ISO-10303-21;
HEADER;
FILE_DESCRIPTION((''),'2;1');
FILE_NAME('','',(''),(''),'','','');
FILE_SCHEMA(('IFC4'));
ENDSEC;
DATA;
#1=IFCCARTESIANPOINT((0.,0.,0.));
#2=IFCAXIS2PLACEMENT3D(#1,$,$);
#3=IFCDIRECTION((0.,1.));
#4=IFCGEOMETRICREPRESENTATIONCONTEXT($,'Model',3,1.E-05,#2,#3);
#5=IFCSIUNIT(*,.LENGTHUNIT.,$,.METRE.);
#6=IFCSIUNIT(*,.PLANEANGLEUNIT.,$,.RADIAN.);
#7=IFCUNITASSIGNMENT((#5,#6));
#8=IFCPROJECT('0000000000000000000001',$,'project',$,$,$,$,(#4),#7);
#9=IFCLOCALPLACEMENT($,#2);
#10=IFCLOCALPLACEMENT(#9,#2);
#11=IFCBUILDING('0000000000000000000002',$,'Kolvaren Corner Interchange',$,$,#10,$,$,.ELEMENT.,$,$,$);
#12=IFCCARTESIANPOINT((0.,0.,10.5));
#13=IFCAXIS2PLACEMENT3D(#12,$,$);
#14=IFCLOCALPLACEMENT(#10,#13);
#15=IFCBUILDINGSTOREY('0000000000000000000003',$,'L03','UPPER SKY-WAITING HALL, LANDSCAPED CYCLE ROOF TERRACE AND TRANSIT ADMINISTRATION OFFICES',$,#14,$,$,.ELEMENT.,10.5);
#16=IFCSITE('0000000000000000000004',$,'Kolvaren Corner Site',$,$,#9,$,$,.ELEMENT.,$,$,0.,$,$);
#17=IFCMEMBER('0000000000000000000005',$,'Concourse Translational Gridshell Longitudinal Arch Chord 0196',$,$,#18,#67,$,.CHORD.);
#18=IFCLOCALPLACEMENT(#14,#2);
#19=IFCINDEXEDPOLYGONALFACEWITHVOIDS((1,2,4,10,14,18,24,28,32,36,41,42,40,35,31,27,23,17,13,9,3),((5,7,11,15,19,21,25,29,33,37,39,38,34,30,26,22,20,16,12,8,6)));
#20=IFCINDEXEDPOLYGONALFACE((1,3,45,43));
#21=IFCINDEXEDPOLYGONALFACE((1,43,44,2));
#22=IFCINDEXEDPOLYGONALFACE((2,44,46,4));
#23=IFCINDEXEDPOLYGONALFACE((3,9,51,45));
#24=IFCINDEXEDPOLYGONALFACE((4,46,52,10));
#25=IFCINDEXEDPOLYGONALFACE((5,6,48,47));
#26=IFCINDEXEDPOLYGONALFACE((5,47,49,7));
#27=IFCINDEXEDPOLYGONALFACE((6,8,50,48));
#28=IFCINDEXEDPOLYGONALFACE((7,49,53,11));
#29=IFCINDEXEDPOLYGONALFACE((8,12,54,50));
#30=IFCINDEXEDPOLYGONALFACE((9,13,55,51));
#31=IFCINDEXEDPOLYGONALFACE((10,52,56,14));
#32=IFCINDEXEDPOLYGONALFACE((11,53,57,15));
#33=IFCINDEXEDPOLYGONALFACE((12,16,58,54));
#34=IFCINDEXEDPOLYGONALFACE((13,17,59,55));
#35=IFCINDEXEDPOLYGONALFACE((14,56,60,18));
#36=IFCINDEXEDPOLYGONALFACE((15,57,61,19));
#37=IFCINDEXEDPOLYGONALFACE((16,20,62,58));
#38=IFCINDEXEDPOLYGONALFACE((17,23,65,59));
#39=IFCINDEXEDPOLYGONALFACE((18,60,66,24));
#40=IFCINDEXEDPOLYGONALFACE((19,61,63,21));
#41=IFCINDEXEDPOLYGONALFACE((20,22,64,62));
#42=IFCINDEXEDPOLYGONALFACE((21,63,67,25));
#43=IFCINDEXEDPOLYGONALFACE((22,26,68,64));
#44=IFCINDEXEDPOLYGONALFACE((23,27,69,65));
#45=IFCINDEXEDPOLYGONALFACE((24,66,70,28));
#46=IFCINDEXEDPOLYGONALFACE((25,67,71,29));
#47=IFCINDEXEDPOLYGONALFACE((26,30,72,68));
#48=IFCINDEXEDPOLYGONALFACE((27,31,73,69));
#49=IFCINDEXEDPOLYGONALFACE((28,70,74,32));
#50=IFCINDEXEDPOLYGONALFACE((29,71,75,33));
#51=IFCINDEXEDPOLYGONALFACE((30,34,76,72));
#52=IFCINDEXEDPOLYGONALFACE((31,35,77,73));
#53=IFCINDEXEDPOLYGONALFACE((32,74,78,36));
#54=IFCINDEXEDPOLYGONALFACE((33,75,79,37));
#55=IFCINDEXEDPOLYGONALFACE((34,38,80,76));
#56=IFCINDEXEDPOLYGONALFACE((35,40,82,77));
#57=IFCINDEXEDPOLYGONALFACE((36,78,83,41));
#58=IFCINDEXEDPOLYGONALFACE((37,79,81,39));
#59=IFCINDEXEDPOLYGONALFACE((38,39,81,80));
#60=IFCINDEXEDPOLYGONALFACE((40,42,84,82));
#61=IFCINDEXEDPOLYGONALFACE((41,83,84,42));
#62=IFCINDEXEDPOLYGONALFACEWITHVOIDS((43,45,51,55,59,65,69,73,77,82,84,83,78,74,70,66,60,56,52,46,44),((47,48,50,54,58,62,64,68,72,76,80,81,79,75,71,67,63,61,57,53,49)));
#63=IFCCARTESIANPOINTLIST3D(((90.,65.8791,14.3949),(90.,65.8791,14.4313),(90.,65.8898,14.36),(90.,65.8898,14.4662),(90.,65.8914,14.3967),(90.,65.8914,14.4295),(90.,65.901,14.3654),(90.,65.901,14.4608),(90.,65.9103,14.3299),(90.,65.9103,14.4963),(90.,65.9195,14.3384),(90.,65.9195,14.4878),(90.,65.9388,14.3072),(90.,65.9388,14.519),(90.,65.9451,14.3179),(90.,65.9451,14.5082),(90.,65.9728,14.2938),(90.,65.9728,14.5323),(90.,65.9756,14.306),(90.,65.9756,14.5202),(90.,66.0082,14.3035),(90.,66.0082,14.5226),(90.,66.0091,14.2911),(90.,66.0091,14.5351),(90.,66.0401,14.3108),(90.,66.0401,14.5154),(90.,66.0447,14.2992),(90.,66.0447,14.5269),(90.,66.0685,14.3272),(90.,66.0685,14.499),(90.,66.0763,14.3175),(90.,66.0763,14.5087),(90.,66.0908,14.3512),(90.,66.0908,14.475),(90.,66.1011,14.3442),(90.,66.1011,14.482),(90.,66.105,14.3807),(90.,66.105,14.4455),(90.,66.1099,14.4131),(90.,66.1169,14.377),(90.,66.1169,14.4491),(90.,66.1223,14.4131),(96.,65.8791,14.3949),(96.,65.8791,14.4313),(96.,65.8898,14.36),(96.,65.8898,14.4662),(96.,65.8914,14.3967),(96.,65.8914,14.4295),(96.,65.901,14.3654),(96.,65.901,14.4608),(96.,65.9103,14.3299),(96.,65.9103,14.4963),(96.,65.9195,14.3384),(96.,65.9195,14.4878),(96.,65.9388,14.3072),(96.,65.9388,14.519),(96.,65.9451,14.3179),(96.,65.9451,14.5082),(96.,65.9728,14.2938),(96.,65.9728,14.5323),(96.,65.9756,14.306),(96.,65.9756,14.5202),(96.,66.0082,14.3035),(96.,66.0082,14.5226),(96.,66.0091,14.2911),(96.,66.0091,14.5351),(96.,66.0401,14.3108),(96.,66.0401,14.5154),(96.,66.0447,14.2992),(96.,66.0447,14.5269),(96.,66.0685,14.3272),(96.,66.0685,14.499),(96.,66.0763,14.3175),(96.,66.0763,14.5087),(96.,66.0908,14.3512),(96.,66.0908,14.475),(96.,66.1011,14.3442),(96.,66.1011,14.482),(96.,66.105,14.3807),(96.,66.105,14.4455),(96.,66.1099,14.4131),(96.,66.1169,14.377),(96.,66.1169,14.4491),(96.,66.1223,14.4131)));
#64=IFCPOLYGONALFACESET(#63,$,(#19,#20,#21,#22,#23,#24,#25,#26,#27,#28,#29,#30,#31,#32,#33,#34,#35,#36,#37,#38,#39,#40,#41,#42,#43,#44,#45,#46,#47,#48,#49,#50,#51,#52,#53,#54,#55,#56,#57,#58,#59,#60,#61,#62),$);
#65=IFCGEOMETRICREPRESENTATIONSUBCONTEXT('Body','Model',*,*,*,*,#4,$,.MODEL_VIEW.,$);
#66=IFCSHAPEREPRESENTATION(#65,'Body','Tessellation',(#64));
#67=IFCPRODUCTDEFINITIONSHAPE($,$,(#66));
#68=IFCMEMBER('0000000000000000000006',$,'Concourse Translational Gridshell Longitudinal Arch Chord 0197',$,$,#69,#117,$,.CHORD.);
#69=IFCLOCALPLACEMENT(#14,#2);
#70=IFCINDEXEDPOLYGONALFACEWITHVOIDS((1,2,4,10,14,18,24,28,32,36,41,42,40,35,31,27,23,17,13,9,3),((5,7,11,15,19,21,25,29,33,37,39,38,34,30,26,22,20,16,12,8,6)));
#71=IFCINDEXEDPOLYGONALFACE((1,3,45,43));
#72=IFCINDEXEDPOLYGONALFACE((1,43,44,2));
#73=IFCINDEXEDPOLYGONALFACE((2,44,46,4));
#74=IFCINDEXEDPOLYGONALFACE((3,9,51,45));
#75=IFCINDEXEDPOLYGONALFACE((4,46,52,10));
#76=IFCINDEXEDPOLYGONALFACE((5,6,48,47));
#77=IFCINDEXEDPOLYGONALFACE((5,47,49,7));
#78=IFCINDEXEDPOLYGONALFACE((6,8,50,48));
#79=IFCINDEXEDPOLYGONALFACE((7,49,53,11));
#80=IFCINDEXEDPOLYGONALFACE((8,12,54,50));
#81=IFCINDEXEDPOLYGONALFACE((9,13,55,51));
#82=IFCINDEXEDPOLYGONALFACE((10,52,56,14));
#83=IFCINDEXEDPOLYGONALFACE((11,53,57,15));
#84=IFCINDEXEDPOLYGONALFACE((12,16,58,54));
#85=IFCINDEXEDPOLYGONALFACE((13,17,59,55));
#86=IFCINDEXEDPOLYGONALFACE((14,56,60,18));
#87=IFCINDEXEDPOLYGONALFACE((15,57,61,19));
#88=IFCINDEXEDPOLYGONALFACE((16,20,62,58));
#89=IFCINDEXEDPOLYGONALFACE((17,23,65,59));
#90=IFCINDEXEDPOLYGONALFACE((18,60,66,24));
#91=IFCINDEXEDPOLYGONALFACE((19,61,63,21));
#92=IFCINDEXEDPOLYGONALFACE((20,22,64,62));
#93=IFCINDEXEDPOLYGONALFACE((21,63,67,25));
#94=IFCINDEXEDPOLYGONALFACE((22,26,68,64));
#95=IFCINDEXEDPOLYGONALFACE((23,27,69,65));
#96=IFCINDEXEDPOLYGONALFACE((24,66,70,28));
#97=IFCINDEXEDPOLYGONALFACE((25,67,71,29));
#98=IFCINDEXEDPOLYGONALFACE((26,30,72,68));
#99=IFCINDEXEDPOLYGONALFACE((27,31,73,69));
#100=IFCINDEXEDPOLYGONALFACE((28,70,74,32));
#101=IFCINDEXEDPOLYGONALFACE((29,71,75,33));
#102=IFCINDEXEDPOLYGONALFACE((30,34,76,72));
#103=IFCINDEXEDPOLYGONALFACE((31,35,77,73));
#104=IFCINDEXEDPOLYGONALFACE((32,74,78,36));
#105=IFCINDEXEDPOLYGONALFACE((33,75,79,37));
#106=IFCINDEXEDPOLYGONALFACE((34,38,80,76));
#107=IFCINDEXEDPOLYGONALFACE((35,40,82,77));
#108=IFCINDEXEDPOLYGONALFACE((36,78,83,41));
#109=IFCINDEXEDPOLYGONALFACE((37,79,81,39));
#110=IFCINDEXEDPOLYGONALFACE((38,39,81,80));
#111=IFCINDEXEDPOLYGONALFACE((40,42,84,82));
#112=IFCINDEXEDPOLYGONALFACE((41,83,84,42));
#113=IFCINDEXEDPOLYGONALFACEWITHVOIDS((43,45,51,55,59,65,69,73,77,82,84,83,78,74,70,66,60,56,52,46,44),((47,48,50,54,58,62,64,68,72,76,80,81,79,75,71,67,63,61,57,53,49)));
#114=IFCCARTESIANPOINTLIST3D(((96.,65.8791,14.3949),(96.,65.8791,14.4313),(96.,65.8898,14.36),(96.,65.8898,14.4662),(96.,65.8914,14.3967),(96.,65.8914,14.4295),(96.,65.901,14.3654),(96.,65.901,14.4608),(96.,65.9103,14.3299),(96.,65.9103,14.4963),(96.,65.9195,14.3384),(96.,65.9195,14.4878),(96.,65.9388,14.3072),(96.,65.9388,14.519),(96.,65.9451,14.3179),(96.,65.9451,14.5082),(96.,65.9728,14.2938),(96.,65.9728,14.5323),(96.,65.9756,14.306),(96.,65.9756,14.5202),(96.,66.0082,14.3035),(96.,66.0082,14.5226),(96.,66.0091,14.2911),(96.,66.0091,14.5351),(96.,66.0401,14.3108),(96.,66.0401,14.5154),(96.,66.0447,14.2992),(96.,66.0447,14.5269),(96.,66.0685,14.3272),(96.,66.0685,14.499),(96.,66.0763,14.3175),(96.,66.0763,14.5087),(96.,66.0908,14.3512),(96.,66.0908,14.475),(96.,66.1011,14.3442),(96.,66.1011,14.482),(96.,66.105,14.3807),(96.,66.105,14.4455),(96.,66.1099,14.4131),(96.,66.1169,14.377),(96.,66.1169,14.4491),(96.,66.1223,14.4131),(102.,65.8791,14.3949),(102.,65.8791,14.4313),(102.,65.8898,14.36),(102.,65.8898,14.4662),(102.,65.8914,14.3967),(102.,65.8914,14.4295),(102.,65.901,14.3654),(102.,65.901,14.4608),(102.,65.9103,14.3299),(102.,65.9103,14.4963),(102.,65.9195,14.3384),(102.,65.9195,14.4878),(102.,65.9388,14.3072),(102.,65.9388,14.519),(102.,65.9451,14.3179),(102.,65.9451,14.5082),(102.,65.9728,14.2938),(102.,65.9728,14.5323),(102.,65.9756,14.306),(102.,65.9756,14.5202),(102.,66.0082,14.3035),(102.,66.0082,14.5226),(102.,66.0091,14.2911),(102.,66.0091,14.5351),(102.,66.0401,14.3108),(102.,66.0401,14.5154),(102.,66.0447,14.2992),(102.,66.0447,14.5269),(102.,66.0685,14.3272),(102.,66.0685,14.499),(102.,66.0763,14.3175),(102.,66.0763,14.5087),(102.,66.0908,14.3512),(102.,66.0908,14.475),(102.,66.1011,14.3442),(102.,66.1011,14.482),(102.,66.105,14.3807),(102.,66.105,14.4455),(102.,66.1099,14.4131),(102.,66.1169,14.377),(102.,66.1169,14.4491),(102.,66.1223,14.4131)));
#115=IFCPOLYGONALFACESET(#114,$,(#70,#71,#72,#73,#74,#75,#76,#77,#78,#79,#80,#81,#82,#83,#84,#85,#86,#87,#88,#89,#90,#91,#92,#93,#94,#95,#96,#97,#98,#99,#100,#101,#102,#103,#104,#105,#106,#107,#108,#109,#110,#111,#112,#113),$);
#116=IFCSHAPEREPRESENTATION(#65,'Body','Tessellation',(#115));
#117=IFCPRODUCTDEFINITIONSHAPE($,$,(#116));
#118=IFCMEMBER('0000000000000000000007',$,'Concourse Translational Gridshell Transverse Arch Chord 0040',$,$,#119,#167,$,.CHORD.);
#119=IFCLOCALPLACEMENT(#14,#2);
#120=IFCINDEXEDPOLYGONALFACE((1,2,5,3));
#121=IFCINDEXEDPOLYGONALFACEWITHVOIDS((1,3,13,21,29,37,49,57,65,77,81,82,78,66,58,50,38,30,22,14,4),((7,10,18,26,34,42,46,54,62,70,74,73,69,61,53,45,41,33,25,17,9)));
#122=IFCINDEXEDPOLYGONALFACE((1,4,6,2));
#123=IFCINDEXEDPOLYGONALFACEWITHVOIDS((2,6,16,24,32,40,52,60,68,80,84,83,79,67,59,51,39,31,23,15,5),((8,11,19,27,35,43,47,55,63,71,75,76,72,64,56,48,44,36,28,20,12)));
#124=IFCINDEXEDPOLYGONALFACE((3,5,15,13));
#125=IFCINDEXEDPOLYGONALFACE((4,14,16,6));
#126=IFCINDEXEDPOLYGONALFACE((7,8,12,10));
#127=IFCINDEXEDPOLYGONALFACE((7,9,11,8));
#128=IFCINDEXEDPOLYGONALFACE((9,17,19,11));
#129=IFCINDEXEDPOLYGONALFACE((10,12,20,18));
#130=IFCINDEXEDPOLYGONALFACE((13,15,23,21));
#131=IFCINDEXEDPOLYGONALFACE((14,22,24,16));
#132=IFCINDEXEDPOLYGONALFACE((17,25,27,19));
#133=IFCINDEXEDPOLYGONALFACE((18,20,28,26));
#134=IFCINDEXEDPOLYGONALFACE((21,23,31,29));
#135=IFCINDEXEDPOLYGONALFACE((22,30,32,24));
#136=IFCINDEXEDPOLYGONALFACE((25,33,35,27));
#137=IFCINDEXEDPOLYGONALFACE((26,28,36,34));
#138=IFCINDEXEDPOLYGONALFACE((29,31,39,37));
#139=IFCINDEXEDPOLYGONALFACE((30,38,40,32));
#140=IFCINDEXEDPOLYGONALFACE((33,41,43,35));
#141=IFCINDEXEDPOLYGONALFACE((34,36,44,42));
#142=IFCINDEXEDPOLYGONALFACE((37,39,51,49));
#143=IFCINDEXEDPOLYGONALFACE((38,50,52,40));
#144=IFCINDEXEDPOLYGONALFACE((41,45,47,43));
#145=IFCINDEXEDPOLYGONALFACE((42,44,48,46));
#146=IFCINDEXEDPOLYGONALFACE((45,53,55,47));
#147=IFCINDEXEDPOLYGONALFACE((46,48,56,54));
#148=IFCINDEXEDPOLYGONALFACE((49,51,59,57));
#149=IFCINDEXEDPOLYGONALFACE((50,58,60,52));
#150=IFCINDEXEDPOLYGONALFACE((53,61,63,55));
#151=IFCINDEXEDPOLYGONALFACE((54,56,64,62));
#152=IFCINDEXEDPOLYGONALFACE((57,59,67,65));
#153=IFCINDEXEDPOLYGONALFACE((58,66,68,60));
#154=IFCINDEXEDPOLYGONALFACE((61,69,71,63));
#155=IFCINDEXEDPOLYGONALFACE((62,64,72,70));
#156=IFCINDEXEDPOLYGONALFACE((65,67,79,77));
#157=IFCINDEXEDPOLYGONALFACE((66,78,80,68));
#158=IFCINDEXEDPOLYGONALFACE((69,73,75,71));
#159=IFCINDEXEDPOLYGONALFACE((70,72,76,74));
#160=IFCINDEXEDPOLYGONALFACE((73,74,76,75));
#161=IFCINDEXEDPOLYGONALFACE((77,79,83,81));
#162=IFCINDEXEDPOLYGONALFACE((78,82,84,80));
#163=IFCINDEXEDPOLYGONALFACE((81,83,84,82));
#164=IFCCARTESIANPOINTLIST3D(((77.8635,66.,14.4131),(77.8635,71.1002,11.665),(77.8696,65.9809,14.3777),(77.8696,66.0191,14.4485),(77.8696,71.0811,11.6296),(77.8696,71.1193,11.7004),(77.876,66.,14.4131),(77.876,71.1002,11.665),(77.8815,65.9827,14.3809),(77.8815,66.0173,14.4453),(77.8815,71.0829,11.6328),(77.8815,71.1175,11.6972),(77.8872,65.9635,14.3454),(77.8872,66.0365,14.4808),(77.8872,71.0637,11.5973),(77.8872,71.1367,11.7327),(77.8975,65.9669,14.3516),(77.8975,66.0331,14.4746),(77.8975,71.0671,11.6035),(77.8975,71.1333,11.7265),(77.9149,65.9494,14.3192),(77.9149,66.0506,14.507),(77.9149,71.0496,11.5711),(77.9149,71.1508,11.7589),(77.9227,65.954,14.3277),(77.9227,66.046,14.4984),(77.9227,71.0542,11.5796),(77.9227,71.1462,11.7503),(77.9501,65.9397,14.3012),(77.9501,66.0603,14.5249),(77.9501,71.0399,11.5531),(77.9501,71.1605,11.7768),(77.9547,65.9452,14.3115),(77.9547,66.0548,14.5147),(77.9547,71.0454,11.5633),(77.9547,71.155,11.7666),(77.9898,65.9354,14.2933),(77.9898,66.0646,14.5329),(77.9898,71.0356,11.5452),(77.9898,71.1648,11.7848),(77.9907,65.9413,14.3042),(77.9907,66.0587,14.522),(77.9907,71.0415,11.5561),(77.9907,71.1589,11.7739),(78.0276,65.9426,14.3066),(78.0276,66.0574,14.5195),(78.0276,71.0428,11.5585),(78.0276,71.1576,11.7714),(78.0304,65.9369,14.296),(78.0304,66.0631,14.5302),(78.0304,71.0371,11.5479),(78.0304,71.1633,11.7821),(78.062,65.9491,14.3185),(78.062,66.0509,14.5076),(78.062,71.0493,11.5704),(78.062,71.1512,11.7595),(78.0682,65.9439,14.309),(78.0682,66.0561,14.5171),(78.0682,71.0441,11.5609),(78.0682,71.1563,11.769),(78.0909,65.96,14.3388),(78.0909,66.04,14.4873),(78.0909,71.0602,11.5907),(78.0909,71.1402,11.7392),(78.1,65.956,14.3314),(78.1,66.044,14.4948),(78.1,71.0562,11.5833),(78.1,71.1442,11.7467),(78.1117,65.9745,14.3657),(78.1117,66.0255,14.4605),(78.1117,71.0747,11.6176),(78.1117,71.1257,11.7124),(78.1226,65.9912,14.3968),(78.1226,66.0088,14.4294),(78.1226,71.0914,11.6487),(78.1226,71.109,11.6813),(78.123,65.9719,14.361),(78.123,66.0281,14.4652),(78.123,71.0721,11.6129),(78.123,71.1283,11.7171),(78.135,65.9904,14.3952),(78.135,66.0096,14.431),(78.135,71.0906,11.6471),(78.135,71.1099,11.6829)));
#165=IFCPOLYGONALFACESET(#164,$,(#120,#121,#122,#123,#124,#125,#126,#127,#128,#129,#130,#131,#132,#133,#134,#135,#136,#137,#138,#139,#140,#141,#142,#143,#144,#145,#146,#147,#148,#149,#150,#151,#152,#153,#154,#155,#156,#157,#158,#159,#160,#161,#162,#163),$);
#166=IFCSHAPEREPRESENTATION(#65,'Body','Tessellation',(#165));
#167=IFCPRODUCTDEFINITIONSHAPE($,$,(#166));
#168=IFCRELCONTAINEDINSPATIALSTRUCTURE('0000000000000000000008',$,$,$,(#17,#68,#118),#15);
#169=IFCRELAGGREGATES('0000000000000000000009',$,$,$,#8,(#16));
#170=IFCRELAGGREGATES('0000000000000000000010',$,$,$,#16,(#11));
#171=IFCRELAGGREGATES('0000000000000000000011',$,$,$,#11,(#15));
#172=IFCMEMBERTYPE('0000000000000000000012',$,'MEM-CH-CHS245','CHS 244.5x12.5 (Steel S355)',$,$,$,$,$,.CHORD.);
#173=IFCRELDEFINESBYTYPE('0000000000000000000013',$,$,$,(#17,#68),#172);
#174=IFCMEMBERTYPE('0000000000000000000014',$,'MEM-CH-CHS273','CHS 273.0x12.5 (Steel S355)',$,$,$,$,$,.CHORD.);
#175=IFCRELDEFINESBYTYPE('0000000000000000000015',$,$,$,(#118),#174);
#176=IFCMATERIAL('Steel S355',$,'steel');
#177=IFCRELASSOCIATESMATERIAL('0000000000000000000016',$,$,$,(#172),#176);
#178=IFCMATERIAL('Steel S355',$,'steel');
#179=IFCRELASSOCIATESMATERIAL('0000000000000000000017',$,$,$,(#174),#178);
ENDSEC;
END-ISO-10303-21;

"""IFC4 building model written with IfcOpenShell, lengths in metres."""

from ifc_helpers import new_model, si_unit, direction, frame, origin, origin_2d, place, context, subcontext, project, spatial, hollow_circle, extrude, material, material_profile, profile_set, type_object, element, save


model = new_model("IFC4")

# Units and contexts
model_context = context("Model", 3, precision=1e-05, world=origin(), true_north=direction((0.0, 1.0)))
body_context = subcontext(model_context, "Body", "Model", "MODEL_VIEW")
ifc_project = project(units=[si_unit("LENGTHUNIT", "METRE"), si_unit("PLANEANGLEUNIT", "RADIAN")], contexts=[model_context])

# Site, building, storey
site_placement = place(None, origin())
site = spatial("IfcSite", under=ifc_project, at=site_placement, Name="Kolvaren Corner Site", CompositionType="ELEMENT", RefElevation=0.0)
building_placement = place(site_placement, origin())
building = spatial("IfcBuilding", under=site, at=building_placement, Name="Kolvaren Corner Interchange", CompositionType="ELEMENT")
storey_placement = place(building_placement, frame((0.0, 0.0, 10.5)))
storey = spatial("IfcBuildingStorey", under=building, at=storey_placement, Name="L03", Description="UPPER SKY-WAITING HALL, LANDSCAPED CYCLE ROOF TERRACE AND TRANSIT ADMINISTRATION OFFICES", CompositionType="ELEMENT", Elevation=10.5)

# Members
ifc_material_1 = material(Name="Steel S355", Category="steel")
ifc_material_profile_1 = material_profile(ifc_material_1, hollow_circle(Radius=0.1223, WallThickness=0.0125, at=origin_2d()), Name="CHS 244.5x12.5")
ifc_profile_set_1 = profile_set([ifc_material_profile_1], Name="Steel S355")
member_type_1 = type_object("IfcMemberType", Name="MEM-CH-CHS245", Description="CHS 244.5x12.5 (Steel S355)", PredefinedType="CHORD", material=ifc_profile_set_1)
for number, where, z_axis, x_axis, name in (
    (1, (90.0, 66.0, 14.4131), (1.0, 0.0, 0.0), (0.0, 1.0, 0.0), "Concourse Translational Gridshell Longitudinal Arch Chord 0196"),
    (2, (96.0, 66.0, 14.4131), (1.0, 0.0, 0.0), (0.0, 1.0, 0.0), "Concourse Translational Gridshell Longitudinal Arch Chord 0197"),
):
    element("IfcMember", number, at=place(storey_placement, frame(where, z_axis=z_axis, x_axis=x_axis)), inside=storey, type_object=member_type_1, Name=name, PredefinedType="CHORD", context=body_context, shape_type="SweptSolid", body=[
        extrude(hollow_circle(Radius=0.1223, WallThickness=0.0125, at=origin_2d()), origin(), (0.0, 0.0, 1.0), 6.0),
    ])
ifc_material_2 = material(Name="Steel S355", Category="steel")
ifc_material_profile_2 = material_profile(ifc_material_2, hollow_circle(Radius=0.1365, WallThickness=0.0125, at=origin_2d()), Name="CHS 273.0x12.5")
ifc_profile_set_2 = profile_set([ifc_material_profile_2], Name="Steel S355")
member_type_2 = type_object("IfcMemberType", Name="MEM-CH-CHS273", Description="CHS 273.0x12.5 (Steel S355)", PredefinedType="CHORD", material=ifc_profile_set_2)
for number, where, z_axis, x_axis, name in (
    (3, (78.0, 66.0, 14.4131), (0.0, 0.880338, -0.474346), (-1.0, 0.0, 0.0), "Concourse Translational Gridshell Transverse Arch Chord 0040"),
):
    element("IfcMember", number, at=place(storey_placement, frame(where, z_axis=z_axis, x_axis=x_axis)), inside=storey, type_object=member_type_2, Name=name, PredefinedType="CHORD", context=body_context, shape_type="SweptSolid", body=[
        extrude(hollow_circle(Radius=0.1365, WallThickness=0.0125, at=origin_2d()), origin(), (0.0, 0.0, 1.0), 5.7935),
    ])

save(model, "model.ifc")
